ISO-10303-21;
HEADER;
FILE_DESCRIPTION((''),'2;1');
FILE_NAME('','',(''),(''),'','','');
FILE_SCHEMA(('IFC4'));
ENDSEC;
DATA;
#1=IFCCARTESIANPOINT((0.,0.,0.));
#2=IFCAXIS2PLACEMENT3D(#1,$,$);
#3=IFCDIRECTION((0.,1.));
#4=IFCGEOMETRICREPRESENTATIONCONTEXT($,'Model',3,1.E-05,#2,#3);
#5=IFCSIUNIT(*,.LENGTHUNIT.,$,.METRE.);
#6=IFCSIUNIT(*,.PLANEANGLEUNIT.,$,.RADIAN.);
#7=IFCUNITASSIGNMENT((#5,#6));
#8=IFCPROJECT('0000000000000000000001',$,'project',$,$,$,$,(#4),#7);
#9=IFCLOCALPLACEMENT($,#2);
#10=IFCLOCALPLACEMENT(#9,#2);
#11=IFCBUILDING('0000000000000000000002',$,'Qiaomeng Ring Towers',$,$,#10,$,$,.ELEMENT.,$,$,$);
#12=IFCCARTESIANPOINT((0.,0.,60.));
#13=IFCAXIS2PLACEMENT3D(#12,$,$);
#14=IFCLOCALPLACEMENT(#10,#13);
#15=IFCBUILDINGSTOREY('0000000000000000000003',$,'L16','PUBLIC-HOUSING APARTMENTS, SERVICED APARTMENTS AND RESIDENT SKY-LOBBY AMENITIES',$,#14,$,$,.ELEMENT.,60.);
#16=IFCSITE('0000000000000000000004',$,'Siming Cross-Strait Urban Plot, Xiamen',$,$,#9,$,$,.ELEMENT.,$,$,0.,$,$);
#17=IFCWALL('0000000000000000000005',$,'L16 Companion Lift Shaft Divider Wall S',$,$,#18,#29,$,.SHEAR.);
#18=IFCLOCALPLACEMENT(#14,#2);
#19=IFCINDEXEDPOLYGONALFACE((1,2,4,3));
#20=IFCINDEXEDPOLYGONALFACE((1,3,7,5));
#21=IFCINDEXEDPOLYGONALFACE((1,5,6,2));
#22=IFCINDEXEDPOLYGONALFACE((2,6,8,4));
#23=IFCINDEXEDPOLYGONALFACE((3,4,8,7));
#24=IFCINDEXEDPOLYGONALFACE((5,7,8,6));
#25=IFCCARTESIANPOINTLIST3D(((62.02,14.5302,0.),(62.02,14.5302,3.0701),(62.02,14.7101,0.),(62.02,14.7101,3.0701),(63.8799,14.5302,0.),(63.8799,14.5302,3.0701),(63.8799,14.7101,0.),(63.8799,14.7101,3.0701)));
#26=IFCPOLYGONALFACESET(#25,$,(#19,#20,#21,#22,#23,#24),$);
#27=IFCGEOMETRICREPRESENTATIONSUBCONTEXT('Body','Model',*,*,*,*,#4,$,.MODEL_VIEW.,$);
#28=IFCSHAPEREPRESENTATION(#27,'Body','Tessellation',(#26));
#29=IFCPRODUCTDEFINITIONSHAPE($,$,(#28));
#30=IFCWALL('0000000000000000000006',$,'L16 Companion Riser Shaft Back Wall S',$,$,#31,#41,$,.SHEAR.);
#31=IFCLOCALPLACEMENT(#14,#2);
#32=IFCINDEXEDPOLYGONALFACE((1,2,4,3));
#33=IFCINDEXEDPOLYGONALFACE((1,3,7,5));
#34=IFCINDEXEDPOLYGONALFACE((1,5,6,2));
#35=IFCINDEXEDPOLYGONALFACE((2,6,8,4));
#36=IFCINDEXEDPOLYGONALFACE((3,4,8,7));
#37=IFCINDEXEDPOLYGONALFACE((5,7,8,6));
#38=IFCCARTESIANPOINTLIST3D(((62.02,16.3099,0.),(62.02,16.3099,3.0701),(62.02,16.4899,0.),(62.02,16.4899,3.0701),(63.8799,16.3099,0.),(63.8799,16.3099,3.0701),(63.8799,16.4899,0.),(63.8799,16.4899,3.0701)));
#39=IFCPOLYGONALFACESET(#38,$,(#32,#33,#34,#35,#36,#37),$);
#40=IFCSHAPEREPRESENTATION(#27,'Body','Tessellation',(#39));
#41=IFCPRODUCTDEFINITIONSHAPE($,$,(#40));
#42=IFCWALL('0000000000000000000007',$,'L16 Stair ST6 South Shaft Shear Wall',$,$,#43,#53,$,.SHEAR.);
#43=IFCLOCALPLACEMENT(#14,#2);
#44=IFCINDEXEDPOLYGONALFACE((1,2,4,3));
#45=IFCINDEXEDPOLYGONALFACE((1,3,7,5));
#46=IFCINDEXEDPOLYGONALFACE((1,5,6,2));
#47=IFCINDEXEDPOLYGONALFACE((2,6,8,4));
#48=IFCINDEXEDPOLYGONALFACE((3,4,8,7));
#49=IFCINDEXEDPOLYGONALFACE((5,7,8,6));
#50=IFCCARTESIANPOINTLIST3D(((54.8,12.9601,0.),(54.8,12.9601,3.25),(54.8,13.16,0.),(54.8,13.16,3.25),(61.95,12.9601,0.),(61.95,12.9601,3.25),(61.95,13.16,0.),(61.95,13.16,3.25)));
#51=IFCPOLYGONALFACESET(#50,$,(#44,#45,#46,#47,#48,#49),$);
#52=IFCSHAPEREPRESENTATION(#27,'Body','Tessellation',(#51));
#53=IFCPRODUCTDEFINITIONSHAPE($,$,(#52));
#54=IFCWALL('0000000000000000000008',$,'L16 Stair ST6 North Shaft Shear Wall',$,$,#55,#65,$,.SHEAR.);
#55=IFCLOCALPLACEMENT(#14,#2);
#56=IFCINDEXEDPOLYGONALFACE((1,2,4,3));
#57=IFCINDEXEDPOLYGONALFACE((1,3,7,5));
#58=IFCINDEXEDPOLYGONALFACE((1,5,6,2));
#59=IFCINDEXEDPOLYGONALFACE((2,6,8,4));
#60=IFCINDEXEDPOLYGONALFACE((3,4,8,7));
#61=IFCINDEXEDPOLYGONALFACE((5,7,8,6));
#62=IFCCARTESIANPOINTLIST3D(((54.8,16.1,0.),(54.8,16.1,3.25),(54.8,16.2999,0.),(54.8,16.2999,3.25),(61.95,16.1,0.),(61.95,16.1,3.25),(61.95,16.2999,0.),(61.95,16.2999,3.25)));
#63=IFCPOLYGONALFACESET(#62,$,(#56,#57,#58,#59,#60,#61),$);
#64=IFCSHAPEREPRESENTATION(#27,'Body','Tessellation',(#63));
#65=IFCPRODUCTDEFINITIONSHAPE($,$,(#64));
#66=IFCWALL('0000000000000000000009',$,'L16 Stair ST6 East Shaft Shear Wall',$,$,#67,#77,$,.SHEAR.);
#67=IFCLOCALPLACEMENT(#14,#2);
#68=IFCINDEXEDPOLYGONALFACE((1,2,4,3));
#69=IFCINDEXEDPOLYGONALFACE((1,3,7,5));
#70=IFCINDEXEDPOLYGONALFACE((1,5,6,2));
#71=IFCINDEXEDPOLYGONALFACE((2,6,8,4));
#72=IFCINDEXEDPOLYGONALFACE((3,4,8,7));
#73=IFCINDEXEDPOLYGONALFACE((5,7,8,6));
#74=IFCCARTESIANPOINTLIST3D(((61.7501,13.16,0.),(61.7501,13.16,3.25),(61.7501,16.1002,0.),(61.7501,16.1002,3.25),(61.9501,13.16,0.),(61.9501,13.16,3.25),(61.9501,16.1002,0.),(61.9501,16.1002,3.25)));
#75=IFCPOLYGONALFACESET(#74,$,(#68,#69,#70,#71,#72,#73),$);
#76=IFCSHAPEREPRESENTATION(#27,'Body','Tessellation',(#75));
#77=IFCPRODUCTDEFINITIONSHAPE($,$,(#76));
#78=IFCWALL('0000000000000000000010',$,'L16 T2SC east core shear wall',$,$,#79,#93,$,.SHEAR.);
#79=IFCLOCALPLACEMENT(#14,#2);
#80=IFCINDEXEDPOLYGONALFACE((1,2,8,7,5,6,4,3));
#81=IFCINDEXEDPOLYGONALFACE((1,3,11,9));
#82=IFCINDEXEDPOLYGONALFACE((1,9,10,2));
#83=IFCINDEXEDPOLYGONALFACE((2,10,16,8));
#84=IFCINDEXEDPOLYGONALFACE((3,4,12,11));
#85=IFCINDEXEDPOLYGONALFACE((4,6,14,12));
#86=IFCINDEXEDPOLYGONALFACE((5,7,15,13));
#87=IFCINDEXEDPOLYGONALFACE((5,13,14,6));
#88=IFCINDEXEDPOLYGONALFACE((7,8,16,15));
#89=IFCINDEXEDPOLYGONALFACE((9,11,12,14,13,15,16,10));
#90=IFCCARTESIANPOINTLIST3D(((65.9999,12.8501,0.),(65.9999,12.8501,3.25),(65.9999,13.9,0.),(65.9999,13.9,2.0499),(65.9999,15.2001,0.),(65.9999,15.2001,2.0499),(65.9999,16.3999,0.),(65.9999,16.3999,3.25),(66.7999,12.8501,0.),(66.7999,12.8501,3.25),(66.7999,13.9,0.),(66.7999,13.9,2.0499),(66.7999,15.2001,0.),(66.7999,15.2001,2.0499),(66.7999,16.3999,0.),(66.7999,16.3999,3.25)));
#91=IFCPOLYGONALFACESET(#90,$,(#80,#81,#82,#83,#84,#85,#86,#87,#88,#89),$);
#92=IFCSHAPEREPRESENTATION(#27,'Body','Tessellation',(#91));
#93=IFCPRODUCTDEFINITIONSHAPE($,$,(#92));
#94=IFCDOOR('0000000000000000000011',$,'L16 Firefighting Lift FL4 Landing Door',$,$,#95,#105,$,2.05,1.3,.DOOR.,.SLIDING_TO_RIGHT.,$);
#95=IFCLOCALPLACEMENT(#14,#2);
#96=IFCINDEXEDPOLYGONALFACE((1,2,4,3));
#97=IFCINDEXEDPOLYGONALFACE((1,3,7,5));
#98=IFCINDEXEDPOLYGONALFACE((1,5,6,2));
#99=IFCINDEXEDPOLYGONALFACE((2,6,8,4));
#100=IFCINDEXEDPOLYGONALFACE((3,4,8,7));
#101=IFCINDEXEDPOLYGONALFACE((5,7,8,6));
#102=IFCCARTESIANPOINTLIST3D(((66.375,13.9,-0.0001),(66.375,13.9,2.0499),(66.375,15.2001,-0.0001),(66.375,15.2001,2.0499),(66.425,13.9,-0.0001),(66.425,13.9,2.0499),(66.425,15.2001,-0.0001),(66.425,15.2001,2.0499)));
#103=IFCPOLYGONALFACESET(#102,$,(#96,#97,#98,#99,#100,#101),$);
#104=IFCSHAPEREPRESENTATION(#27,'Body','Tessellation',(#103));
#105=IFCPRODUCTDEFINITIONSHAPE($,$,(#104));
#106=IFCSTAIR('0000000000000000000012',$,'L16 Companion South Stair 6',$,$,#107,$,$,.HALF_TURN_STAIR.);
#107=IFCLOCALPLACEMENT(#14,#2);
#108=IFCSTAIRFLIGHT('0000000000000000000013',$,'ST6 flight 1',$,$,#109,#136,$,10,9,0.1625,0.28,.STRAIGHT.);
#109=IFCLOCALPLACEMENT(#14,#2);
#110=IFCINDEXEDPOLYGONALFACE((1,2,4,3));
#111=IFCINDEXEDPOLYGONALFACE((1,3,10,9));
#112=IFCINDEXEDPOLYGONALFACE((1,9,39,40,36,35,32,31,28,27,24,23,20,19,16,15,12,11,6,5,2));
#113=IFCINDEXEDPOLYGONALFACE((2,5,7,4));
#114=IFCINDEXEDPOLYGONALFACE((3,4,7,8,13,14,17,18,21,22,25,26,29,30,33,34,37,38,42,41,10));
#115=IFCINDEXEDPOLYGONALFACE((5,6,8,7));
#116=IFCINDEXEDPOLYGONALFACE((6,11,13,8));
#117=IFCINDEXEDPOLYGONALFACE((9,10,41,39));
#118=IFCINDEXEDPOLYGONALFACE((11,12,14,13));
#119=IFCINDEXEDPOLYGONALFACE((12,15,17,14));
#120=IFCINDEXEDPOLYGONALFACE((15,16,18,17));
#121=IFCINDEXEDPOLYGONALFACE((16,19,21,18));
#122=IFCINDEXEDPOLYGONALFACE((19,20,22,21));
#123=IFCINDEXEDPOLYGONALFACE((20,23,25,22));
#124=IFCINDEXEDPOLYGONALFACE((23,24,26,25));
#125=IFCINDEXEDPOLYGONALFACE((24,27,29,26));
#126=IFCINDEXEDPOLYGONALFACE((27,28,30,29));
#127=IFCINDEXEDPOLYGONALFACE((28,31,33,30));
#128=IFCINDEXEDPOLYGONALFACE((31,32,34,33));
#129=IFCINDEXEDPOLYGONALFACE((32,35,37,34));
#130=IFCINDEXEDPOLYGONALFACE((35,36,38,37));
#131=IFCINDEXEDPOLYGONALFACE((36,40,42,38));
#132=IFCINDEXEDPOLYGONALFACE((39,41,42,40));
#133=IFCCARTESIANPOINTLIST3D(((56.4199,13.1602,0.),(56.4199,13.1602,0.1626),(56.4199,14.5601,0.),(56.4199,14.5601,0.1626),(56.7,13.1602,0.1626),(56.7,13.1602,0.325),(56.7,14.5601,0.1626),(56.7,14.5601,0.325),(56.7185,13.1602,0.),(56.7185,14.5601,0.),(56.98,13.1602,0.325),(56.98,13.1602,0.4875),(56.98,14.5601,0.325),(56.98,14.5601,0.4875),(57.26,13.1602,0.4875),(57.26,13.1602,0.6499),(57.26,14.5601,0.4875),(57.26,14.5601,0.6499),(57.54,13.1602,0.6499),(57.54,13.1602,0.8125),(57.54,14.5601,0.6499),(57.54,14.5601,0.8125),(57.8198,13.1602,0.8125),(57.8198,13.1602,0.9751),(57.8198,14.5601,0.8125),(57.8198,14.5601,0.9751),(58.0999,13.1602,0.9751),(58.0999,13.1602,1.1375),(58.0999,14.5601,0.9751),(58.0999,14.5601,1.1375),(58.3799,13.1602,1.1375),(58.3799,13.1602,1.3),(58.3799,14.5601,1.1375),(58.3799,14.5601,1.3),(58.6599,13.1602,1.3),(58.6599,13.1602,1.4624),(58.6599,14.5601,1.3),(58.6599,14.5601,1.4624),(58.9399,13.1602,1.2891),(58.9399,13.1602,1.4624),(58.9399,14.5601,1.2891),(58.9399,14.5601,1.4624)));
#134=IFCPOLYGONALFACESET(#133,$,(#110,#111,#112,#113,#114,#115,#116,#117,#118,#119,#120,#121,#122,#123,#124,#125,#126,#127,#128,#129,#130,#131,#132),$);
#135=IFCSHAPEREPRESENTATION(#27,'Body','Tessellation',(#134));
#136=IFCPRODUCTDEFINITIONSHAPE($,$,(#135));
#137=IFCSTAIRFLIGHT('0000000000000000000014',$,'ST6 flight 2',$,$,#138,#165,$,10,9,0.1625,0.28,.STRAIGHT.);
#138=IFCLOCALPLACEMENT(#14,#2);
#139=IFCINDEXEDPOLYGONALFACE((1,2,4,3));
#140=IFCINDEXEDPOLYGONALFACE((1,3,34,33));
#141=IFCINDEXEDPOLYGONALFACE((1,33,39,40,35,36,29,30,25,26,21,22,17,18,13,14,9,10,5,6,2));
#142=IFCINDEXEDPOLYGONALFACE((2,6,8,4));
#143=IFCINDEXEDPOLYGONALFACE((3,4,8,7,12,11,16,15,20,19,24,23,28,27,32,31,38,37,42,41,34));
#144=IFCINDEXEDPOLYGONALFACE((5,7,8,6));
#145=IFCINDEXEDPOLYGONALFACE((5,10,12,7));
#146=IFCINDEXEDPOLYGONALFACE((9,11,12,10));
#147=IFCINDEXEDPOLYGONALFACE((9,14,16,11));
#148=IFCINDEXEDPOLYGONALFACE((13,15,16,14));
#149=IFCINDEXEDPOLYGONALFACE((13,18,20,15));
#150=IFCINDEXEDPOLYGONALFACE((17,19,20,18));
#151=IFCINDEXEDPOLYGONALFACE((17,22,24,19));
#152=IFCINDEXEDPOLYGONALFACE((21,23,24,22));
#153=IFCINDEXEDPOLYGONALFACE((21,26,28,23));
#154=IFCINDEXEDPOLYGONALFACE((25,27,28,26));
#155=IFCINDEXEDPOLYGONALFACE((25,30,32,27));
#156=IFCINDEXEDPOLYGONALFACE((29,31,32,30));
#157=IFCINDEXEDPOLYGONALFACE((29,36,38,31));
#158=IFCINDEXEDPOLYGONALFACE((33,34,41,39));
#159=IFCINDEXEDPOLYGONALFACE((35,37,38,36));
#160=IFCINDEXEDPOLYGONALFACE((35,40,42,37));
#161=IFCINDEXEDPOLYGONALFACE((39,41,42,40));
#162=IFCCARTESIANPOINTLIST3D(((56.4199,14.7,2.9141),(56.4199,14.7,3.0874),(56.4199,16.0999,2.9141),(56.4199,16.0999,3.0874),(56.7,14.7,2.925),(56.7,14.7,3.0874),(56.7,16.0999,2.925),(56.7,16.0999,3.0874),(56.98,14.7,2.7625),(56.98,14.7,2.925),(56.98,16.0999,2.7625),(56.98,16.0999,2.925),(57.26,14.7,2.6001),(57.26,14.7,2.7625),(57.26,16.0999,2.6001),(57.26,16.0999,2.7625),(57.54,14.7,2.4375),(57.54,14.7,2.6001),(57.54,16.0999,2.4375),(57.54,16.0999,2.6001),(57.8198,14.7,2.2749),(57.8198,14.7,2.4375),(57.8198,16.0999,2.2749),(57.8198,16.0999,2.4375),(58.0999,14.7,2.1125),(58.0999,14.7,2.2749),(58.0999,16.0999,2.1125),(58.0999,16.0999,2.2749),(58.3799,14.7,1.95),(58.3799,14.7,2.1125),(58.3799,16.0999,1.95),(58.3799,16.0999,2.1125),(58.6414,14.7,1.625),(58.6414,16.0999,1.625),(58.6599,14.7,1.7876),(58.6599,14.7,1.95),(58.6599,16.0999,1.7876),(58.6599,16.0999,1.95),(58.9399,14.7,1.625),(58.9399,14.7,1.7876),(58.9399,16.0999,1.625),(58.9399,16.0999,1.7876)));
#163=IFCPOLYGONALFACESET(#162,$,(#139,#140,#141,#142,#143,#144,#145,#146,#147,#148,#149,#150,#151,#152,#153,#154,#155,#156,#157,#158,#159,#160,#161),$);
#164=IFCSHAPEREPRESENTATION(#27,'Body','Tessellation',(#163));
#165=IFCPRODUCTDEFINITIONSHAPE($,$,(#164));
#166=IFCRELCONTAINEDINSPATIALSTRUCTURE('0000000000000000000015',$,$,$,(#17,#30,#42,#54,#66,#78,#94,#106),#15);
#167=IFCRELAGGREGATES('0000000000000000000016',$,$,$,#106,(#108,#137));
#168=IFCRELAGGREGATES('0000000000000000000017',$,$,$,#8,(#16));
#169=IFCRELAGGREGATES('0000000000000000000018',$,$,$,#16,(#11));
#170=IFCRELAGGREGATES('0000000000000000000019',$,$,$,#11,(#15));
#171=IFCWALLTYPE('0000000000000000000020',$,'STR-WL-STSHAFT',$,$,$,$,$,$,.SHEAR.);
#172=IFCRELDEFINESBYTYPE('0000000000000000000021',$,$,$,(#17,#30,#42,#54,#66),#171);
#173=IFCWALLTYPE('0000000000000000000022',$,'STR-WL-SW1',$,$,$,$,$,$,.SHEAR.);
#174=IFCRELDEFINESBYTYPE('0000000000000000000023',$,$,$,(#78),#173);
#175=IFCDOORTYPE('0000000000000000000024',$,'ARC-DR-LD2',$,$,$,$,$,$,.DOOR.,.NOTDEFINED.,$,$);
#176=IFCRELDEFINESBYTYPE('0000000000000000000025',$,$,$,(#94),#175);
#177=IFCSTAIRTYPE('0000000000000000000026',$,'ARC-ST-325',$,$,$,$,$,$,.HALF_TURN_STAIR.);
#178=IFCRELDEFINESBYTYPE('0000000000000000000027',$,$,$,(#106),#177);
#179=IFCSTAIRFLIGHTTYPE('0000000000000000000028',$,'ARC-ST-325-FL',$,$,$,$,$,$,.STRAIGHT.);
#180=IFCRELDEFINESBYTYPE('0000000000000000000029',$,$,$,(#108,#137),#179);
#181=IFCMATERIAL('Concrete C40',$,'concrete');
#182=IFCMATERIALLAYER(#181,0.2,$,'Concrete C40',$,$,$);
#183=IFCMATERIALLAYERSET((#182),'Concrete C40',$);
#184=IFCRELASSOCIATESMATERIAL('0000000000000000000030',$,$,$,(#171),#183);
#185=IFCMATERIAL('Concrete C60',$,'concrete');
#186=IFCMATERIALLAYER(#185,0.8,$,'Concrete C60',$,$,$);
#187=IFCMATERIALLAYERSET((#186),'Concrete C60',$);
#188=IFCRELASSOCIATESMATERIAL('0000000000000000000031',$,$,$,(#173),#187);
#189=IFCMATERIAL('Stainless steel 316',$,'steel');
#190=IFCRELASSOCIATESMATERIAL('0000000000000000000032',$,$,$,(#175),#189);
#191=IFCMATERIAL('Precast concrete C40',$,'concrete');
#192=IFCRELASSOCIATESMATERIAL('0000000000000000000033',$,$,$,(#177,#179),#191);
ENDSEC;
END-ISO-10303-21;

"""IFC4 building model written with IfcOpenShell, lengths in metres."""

from ifc_helpers import new_model, si_unit, direction, frame, frame_2d, origin, place, context, subcontext, project, spatial, polyline, rectangle, outline, extrude, source, transform, mapped, material, layer, layer_set, type_object, element, fill, aggregate, save


model = new_model("IFC4")

# Units and contexts
model_context = context("Model", 3, precision=1e-05, world=origin(), true_north=direction((0.0, 1.0)))
body_context = subcontext(model_context, "Body", "Model", "MODEL_VIEW")
ifc_project = project(units=[si_unit("LENGTHUNIT", "METRE"), si_unit("PLANEANGLEUNIT", "RADIAN")], contexts=[model_context])

# Site, building, storey
site_placement = place(None, origin())
site = spatial("IfcSite", under=ifc_project, at=site_placement, Name="Siming Cross-Strait Urban Plot, Xiamen", CompositionType="ELEMENT", RefElevation=0.0)
building_placement = place(site_placement, origin())
building = spatial("IfcBuilding", under=site, at=building_placement, Name="Qiaomeng Ring Towers", CompositionType="ELEMENT")
storey_placement = place(building_placement, frame((0.0, 0.0, 60.0)))
storey = spatial("IfcBuildingStorey", under=building, at=storey_placement, Name="L16", Description="PUBLIC-HOUSING APARTMENTS, SERVICED APARTMENTS AND RESIDENT SKY-LOBBY AMENITIES", CompositionType="ELEMENT", Elevation=60.0)

# Walls
ifc_material_1 = material(Name="Concrete C40", Category="concrete")
ifc_layer_1 = layer(ifc_material_1, 0.2, Name="Concrete C40")
ifc_layer_set_1 = layer_set([ifc_layer_1], Name="Concrete C40")
wall_type_1 = type_object("IfcWallType", Name="STR-WL-STSHAFT", PredefinedType="SHEAR", material=ifc_layer_set_1)
for number, where, z_axis, x_axis, name in (
    (1, (62.02, 14.6201, 0.0), (0.0, 0.0, 1.0), (1.0, 0.0, 0.0), "L16 Companion Lift Shaft Divider Wall S"),
    (2, (62.02, 16.3999, 0.0), (0.0, 0.0, 1.0), (1.0, 0.0, 0.0), "L16 Companion Riser Shaft Back Wall S"),
):
    element("IfcWall", number, at=place(storey_placement, frame(where, z_axis=z_axis, x_axis=x_axis)), inside=storey, type_object=wall_type_1, Name=name, PredefinedType="SHEAR", context=body_context, shape_type="SweptSolid", body=[
        extrude(rectangle(XDim=1.8599, YDim=0.1799, at=frame_2d((0.9299, 0.0))), origin(), (0.0, 0.0, 1.0), 3.0701),
    ])
for number, where, z_axis, x_axis, name in (
    (3, (54.8, 13.0601, 0.0), (0.0, 0.0, 1.0), (1.0, 0.0, 0.0), "L16 Stair ST6 South Shaft Shear Wall"),
    (4, (54.8, 16.2, 0.0), (0.0, 0.0, 1.0), (1.0, 0.0, 0.0), "L16 Stair ST6 North Shaft Shear Wall"),
):
    element("IfcWall", number, at=place(storey_placement, frame(where, z_axis=z_axis, x_axis=x_axis)), inside=storey, type_object=wall_type_1, Name=name, PredefinedType="SHEAR", context=body_context, shape_type="SweptSolid", body=[
        extrude(rectangle(XDim=7.1499, YDim=0.2, at=frame_2d((3.575, 0.0))), origin(), (0.0, 0.0, 1.0), 3.25),
    ])
wall_1_placement = place(storey_placement, frame((61.8501, 13.1599, 0.0), z_axis=(0.0, 0.0, 1.0), x_axis=(0.0, 1.0, 0.0)))
element("IfcWall", 5, at=wall_1_placement, inside=storey, type_object=wall_type_1, Name="L16 Stair ST6 East Shaft Shear Wall", PredefinedType="SHEAR", context=body_context, shape_type="SweptSolid", body=[
    extrude(rectangle(XDim=2.9402, YDim=0.2, at=frame_2d((1.4702, 0.0))), origin(), (0.0, 0.0, 1.0), 3.25),
])

# Wall, opening, door
ifc_material_2 = material(Name="Concrete C60", Category="concrete")
ifc_layer_2 = layer(ifc_material_2, 0.8, Name="Concrete C60")
ifc_layer_set_2 = layer_set([ifc_layer_2], Name="Concrete C60")
wall_type_2 = type_object("IfcWallType", Name="STR-WL-SW1", PredefinedType="SHEAR", material=ifc_layer_set_2)
wall_2_placement = place(storey_placement, frame((66.3999, 12.8501, 0.0), z_axis=(0.0, 0.0, 1.0), x_axis=(0.0, 1.0, 0.0)))
wall_2 = element("IfcWall", 6, at=wall_2_placement, inside=storey, type_object=wall_type_2, Name="L16 T2SC east core shear wall", PredefinedType="SHEAR", context=body_context, shape_type="SweptSolid", body=[
    extrude(rectangle(XDim=3.5498, YDim=0.8, at=frame_2d((1.7749, 0.0))), origin(), (0.0, 0.0, 1.0), 3.25),
])
opening_placement = place(wall_2_placement, frame((1.05, 0.0, 0.0)))
opening = element("IfcOpeningElement", 7, at=opening_placement, cuts=wall_2, PredefinedType="OPENING", context=body_context, shape_type="SweptSolid", body=[
    extrude(rectangle(XDim=1.3, YDim=2.05, at=frame_2d((0.6499, 1.0249))), frame((0.0, 0.4099, 0.0), z_axis=(0.0, -1.0, 0.0), x_axis=(1.0, 0.0, 0.0)), (0.0, 0.0, 1.0), 0.8201),
])
ifc_material_3 = material(Name="Stainless steel 316", Category="steel")
door_type = type_object("IfcDoorType", Name="ARC-DR-LD2", OperationType="NOTDEFINED", PredefinedType="DOOR", material=ifc_material_3)
shared_shape_1 = source(origin(), body_context, "Body", "SweptSolid", [
    extrude(rectangle(XDim=1.3, YDim=2.05, at=frame_2d((0.6499, 1.0249))), frame((0.0, 0.0249, 0.0), z_axis=(0.0, -1.0, 0.0), x_axis=(1.0, 0.0, 0.0)), (0.0, 0.0, 1.0), 0.05),
])
door_placement = place(opening_placement, origin())
door = element("IfcDoor", 8, at=door_placement, inside=storey, type_object=door_type, Name="L16 Firefighting Lift FL4 Landing Door", OperationType="SLIDING_TO_RIGHT", OverallHeight=2.05, OverallWidth=1.3, PredefinedType="DOOR", context=body_context, shape_type="MappedRepresentation", body=[
    mapped(shared_shape_1, transform((0.0, 0.0, 0.0), x_axis=(1.0, 0.0, 0.0), y_axis=(0.0, 1.0, 0.0), z_axis=(0.0, 0.0, 1.0), scale=1.0)),
])
fill(opening, door)

# Stair, stair flights
ifc_material_4 = material(Name="Precast concrete C40", Category="concrete")
stair_type = type_object("IfcStairType", Name="ARC-ST-325", PredefinedType="HALF_TURN_STAIR", material=ifc_material_4)
stair_placement = place(storey_placement, origin())
stair = element("IfcStair", 9, at=stair_placement, inside=storey, type_object=stair_type, Name="L16 Companion South Stair 6", PredefinedType="HALF_TURN_STAIR")
stair_flight_type = type_object("IfcStairFlightType", Name="ARC-ST-325-FL", PredefinedType="STRAIGHT", material=ifc_material_4)
shared_shape_2 = source(origin(), body_context, "Body", "SweptSolid", [
    extrude(outline(polyline([(0.0, 0.0), (0.0, 0.1626), (0.28, 0.1626), (0.28, 0.325), (0.5601, 0.325), (0.5601, 0.4875), (0.8401, 0.4875), (0.8401, 0.6499), (1.1201, 0.6499), (1.1201, 0.8125), (1.3999, 0.8125), (1.3999, 0.9751), (1.6799, 0.9751), (1.6799, 1.1375), (1.96, 1.1375), (1.96, 1.3), (2.24, 1.3), (2.24, 1.4624), (2.52, 1.4624), (2.52, 1.625), (2.52, 1.2891), (0.2986, 0.0), (0.0, 0.0)])), frame((0.0, 0.7, 0.0), z_axis=(0.0, -1.0, 0.0), x_axis=(1.0, 0.0, 0.0)), (0.0, 0.0, 1.0), 1.3999),
])
stair_flight_1_placement = place(storey_placement, frame((56.4199, 13.8601, 0.0), z_axis=(0.0, 0.0, 1.0), x_axis=(1.0, 0.0, 0.0)))
stair_flight_1 = element("IfcStairFlight", 10, at=stair_flight_1_placement, type_object=stair_flight_type, Name="ST6 flight 1", NumberOfRisers=10, NumberOfTreads=9, PredefinedType="STRAIGHT", RiserHeight=0.1625, TreadLength=0.28, context=body_context, shape_type="MappedRepresentation", body=[
    mapped(shared_shape_2, transform((0.0, 0.0, 0.0), x_axis=(1.0, 0.0, 0.0), y_axis=(0.0, 1.0, 0.0), z_axis=(0.0, 0.0, 1.0), scale=1.0)),
])
stair_flight_2_placement = place(storey_placement, frame((58.9399, 15.3999, 1.625), z_axis=(0.0, 0.0, 1.0), x_axis=(-1.0, 0.0, 0.0)))
stair_flight_2 = element("IfcStairFlight", 11, at=stair_flight_2_placement, type_object=stair_flight_type, Name="ST6 flight 2", NumberOfRisers=10, NumberOfTreads=9, PredefinedType="STRAIGHT", RiserHeight=0.1625, TreadLength=0.28, context=body_context, shape_type="MappedRepresentation", body=[
    mapped(shared_shape_2, transform((0.0, 0.0, 0.0), x_axis=(1.0, 0.0, 0.0), y_axis=(0.0, 1.0, 0.0), z_axis=(0.0, 0.0, 1.0), scale=1.0)),
])
aggregate(stair, [stair_flight_1, stair_flight_2])

save(model, "model.ifc")
